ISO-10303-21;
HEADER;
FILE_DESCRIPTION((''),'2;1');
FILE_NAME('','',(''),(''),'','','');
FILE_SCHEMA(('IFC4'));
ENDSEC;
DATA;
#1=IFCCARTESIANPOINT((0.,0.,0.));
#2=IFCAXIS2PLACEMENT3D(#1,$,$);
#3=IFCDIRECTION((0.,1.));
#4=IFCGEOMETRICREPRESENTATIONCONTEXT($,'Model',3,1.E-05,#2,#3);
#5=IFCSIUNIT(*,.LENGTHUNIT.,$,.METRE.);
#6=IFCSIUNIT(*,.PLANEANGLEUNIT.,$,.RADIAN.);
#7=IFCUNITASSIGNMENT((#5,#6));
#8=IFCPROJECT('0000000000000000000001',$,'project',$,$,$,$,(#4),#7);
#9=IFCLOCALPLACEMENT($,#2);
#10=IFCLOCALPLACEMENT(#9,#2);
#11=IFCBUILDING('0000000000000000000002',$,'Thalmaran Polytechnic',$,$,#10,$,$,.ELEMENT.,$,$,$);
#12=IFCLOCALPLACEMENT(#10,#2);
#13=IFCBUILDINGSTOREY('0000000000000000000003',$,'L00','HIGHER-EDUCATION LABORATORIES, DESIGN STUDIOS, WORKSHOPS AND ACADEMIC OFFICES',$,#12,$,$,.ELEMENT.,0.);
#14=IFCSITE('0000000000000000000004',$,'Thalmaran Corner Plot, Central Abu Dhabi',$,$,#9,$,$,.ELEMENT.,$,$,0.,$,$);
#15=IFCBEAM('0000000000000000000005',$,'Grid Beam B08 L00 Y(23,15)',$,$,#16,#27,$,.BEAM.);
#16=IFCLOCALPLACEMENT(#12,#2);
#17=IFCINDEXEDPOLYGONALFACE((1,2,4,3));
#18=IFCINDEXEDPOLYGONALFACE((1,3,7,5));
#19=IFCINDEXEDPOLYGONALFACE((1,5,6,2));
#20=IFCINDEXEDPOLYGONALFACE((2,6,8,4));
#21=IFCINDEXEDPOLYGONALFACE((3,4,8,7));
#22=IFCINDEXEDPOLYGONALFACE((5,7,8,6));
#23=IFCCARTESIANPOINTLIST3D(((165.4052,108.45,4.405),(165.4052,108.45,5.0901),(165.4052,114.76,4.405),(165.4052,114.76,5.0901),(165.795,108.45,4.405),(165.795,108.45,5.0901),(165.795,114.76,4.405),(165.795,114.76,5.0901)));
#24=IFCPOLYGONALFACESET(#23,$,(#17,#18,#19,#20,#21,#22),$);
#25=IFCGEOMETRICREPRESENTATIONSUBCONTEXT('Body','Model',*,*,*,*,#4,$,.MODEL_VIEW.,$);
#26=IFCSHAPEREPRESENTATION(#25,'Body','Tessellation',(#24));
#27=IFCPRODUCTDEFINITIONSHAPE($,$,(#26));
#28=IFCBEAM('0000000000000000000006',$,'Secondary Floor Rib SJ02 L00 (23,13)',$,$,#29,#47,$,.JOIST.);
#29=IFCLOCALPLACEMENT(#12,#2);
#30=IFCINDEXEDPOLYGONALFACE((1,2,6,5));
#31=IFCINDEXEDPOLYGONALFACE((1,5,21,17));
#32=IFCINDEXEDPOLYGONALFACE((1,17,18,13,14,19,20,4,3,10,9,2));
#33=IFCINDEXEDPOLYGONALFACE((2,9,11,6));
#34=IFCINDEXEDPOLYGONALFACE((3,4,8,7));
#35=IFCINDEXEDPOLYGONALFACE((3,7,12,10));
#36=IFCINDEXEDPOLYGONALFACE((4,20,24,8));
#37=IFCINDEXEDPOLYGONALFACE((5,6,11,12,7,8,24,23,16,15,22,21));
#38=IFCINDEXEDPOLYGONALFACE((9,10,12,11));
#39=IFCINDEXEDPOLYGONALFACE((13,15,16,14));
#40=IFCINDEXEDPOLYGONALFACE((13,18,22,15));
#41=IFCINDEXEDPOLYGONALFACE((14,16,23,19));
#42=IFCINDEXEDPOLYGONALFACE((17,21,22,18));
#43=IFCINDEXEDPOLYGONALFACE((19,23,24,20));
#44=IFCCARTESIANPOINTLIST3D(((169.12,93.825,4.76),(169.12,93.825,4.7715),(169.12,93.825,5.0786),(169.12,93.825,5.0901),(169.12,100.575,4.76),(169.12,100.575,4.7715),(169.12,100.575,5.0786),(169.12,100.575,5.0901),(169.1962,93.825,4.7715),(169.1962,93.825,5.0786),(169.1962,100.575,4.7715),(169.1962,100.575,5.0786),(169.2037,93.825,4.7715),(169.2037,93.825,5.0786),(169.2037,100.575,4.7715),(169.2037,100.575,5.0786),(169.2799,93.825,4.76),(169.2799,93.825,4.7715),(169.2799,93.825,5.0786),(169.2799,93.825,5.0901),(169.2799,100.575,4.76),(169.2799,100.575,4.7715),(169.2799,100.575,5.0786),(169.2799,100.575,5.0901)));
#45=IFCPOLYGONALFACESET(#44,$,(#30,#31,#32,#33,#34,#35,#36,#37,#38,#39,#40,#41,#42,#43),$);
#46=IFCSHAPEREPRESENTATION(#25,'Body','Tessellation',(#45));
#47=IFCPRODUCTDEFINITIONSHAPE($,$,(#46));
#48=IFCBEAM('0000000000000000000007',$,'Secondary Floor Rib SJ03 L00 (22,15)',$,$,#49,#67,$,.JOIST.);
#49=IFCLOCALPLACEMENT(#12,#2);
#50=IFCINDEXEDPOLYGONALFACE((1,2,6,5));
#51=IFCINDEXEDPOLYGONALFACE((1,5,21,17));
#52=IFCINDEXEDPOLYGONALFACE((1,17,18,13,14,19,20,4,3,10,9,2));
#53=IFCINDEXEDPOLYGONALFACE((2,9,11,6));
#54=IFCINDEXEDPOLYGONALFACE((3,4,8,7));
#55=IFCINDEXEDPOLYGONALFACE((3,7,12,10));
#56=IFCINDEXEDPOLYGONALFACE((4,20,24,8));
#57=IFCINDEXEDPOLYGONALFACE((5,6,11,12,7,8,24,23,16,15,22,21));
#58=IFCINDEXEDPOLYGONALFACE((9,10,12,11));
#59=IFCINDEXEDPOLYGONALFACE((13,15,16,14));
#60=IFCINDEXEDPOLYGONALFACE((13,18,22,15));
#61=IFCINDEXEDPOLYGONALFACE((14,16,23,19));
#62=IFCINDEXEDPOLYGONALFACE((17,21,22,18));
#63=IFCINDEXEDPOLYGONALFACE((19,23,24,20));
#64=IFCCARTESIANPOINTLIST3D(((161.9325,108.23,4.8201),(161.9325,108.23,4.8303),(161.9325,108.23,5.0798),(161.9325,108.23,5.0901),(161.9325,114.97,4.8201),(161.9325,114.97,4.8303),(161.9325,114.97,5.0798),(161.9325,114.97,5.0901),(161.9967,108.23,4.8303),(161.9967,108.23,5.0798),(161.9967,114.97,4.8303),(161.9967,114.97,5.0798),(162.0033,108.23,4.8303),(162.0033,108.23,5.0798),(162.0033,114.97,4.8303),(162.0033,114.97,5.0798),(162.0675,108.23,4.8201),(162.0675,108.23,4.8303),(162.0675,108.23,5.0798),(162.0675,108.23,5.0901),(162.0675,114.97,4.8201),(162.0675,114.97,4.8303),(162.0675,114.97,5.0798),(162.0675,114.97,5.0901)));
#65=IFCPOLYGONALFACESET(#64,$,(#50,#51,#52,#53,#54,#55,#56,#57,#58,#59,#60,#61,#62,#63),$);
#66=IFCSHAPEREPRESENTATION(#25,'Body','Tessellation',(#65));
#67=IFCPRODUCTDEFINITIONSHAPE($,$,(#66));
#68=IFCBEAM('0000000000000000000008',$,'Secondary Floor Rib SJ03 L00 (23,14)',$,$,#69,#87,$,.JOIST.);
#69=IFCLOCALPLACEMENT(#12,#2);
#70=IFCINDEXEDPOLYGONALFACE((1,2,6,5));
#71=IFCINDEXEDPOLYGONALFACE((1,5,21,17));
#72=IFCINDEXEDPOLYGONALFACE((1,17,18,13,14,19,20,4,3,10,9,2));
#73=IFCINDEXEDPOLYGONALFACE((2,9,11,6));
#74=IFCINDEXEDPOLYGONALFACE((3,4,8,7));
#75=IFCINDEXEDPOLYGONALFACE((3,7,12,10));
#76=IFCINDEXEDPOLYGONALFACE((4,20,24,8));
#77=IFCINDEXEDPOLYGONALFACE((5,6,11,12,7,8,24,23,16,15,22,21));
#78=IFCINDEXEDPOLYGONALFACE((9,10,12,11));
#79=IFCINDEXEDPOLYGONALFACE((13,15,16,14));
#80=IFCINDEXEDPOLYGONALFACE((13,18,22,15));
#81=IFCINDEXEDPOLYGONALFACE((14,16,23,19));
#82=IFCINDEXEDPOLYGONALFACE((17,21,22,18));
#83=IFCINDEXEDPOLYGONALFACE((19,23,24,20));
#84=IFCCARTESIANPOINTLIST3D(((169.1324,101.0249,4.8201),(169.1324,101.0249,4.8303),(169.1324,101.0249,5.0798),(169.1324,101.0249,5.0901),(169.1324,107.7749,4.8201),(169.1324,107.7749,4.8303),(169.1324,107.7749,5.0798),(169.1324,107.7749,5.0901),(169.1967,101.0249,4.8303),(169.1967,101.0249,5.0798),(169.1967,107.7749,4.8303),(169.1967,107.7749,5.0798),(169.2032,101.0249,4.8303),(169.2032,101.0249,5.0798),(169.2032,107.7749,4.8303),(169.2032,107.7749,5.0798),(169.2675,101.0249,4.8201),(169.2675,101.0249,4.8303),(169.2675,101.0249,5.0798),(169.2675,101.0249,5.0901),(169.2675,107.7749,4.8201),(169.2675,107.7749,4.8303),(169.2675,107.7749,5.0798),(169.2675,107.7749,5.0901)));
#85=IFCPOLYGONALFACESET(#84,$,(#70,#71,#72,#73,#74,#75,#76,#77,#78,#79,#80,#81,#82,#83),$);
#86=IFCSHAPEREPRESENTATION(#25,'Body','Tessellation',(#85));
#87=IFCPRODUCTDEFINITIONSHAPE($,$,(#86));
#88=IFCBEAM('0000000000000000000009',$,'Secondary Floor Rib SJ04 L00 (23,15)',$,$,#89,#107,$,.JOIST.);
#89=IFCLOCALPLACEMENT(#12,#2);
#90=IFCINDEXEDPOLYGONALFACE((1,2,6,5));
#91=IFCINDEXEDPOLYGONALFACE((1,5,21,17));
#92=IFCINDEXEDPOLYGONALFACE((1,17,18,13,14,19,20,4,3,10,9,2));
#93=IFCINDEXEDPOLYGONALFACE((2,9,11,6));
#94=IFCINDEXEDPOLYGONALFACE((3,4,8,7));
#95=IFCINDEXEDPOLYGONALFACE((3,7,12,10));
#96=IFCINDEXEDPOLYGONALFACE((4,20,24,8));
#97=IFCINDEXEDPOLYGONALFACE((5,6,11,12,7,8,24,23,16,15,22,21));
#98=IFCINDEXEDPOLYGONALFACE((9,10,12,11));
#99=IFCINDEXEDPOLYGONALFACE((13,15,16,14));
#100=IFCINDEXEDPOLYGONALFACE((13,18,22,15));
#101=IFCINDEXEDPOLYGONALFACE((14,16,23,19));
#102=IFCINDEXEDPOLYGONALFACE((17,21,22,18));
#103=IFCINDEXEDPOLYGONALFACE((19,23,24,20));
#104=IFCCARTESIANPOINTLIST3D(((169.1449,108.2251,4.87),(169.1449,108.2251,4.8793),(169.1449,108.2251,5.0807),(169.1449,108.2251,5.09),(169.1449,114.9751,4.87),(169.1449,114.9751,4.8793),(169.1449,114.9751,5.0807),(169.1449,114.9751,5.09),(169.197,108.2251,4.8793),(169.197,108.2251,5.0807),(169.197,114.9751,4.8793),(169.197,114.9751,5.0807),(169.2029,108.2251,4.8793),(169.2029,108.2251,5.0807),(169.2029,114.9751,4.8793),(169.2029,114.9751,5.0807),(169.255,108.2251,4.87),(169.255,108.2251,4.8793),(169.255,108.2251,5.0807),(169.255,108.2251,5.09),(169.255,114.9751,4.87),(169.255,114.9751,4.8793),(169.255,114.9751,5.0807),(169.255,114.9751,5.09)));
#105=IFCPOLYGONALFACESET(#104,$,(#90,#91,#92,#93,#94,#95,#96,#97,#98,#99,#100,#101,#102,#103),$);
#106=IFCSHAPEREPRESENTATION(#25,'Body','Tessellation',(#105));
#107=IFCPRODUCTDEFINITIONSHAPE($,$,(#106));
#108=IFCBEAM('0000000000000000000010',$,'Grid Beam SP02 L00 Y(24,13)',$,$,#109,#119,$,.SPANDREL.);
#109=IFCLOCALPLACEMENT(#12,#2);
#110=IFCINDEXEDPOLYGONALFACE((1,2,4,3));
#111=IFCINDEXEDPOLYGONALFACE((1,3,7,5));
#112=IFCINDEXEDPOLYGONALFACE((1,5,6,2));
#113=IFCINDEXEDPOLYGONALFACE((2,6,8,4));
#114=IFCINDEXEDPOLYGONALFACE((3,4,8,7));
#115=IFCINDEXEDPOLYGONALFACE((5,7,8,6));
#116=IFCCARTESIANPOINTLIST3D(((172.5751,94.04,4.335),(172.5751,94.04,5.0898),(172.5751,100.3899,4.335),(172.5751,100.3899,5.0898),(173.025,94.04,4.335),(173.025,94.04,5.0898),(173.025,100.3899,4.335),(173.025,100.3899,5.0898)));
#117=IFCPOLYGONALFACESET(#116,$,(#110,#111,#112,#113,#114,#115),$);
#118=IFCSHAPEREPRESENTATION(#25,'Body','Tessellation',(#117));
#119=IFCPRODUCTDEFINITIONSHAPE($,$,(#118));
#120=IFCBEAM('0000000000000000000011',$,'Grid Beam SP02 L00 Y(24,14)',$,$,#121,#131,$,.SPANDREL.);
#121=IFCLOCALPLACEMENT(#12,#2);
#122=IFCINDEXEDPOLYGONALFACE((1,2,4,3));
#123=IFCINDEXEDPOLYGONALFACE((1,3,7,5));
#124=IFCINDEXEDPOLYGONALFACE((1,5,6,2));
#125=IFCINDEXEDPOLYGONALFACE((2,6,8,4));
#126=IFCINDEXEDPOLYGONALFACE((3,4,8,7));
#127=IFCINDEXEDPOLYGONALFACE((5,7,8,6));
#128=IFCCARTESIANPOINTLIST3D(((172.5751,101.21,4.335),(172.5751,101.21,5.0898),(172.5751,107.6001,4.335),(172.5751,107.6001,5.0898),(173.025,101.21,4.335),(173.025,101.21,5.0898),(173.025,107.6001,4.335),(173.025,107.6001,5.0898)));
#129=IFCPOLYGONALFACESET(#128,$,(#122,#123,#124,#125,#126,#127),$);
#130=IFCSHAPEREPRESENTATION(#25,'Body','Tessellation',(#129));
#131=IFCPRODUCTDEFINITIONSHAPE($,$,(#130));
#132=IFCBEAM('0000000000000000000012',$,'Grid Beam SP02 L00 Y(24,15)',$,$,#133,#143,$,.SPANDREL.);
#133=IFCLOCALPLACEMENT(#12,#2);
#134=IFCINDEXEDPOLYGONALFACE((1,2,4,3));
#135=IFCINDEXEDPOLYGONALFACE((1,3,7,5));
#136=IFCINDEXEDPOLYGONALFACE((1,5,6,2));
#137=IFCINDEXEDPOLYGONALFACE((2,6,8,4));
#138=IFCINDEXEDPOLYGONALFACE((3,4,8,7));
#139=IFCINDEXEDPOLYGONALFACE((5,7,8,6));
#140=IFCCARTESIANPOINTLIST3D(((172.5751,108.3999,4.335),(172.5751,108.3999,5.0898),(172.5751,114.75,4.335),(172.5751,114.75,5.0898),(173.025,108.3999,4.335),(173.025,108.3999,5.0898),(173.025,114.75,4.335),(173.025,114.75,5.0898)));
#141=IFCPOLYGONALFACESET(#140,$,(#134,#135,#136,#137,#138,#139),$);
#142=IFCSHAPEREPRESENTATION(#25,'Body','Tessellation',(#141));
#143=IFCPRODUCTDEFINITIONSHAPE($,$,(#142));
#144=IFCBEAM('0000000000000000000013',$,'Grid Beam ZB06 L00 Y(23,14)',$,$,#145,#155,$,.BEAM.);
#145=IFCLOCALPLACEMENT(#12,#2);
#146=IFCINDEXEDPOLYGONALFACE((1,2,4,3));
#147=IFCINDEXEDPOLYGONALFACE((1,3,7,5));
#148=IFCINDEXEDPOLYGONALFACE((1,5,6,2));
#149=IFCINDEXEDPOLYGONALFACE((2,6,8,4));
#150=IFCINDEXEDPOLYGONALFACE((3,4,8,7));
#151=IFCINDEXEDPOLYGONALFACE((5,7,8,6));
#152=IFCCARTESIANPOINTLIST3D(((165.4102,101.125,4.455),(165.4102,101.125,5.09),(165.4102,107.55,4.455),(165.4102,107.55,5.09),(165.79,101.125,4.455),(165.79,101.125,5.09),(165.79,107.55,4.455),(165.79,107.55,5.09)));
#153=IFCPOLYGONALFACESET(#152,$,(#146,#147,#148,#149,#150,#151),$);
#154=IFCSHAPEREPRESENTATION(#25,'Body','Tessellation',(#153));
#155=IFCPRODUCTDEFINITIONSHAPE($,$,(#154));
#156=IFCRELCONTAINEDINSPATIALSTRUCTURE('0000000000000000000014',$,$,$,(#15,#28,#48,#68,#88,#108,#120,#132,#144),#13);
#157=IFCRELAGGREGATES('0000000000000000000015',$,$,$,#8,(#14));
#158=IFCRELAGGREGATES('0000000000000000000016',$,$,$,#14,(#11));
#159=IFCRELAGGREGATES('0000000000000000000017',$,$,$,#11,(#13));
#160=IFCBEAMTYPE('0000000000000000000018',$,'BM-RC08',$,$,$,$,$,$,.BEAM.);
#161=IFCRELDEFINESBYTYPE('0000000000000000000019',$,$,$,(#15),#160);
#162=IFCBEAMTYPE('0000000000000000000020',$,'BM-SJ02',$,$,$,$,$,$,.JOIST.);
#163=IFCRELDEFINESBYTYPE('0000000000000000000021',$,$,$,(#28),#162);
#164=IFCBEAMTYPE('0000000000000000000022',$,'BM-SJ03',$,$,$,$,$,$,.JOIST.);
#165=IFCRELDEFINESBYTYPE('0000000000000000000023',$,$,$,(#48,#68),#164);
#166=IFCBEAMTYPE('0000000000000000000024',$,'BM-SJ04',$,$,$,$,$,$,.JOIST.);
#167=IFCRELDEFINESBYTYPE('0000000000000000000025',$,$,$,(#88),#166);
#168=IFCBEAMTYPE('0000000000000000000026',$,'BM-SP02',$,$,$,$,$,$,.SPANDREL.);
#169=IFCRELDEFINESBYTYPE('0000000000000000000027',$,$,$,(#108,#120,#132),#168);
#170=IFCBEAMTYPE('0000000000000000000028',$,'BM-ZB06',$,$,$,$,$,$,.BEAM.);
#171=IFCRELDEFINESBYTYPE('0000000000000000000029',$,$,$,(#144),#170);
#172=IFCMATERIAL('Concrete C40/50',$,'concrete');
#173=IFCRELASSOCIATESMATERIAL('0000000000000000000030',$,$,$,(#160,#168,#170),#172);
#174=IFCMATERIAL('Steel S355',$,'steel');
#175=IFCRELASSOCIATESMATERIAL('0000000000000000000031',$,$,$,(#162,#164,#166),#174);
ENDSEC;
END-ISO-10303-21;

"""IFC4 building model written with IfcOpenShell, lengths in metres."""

from ifc_helpers import new_model, si_unit, direction, frame, origin, origin_2d, place, context, subcontext, project, spatial, rectangle, i_section, extrude, material, material_profile, profile_set, type_object, element, save


model = new_model("IFC4")

# Units and contexts
model_context = context("Model", 3, precision=1e-05, world=origin(), true_north=direction((0.0, 1.0)))
body_context = subcontext(model_context, "Body", "Model", "MODEL_VIEW")
ifc_project = project(units=[si_unit("LENGTHUNIT", "METRE"), si_unit("PLANEANGLEUNIT", "RADIAN")], contexts=[model_context])

# Site, building, storey
site_placement = place(None, origin())
site = spatial("IfcSite", under=ifc_project, at=site_placement, Name="Thalmaran Corner Plot, Central Abu Dhabi", CompositionType="ELEMENT", RefElevation=0.0)
building_placement = place(site_placement, origin())
building = spatial("IfcBuilding", under=site, at=building_placement, Name="Thalmaran Polytechnic", CompositionType="ELEMENT")
storey_placement = place(building_placement, origin())
storey = spatial("IfcBuildingStorey", under=building, at=storey_placement, Name="L00", Description="HIGHER-EDUCATION LABORATORIES, DESIGN STUDIOS, WORKSHOPS AND ACADEMIC OFFICES", CompositionType="ELEMENT", Elevation=0.0)

# Shared definitions
ifc_material_1 = material(Name="Concrete C40/50", Category="concrete")

# Beams
ifc_material_profile_1 = material_profile(ifc_material_1, rectangle(XDim=0.3899, YDim=0.6851, at=origin_2d()), Name="RC 390x685")
ifc_profile_set_1 = profile_set([ifc_material_profile_1], Name="Concrete C40/50")
beam_type_1 = type_object("IfcBeamType", Name="BM-RC08", PredefinedType="BEAM", material=ifc_profile_set_1)
beam_1_placement = place(storey_placement, frame((165.6001, 108.45, 4.7476), z_axis=(0.0, 1.0, 0.0), x_axis=(-1.0, 0.0, 0.0)))
element("IfcBeam", 1, at=beam_1_placement, inside=storey, type_object=beam_type_1, Name="Grid Beam B08 L00 Y(23,15)", PredefinedType="BEAM", context=body_context, shape_type="SweptSolid", body=[
    extrude(rectangle(XDim=0.3899, YDim=0.6851, at=origin_2d()), origin(), (0.0, 0.0, 1.0), 6.3101),
])
ifc_material_2 = material(Name="Steel S355", Category="steel")
ifc_material_profile_2 = material_profile(ifc_material_2, i_section(OverallWidth=0.1599, OverallDepth=0.3301, WebThickness=0.0076, FlangeThickness=0.0115, at=origin_2d()), Name="IPE 330")
ifc_profile_set_2 = profile_set([ifc_material_profile_2], Name="Steel S355")
beam_type_2 = type_object("IfcBeamType", Name="BM-SJ02", PredefinedType="JOIST", material=ifc_profile_set_2)
beam_2_placement = place(storey_placement, frame((169.2, 93.825, 4.925), z_axis=(0.0, 1.0, 0.0), x_axis=(-1.0, 0.0, 0.0)))
element("IfcBeam", 2, at=beam_2_placement, inside=storey, type_object=beam_type_2, Name="Secondary Floor Rib SJ02 L00 (23,13)", PredefinedType="JOIST", context=body_context, shape_type="SweptSolid", body=[
    extrude(i_section(OverallWidth=0.1599, OverallDepth=0.3301, WebThickness=0.0076, FlangeThickness=0.0115, at=origin_2d()), origin(), (0.0, 0.0, 1.0), 6.75),
])
ifc_material_profile_3 = material_profile(ifc_material_2, i_section(OverallWidth=0.135, OverallDepth=0.27, WebThickness=0.0066, FlangeThickness=0.0103, at=origin_2d()), Name="IPE 270")
ifc_profile_set_3 = profile_set([ifc_material_profile_3], Name="Steel S355")
beam_type_3 = type_object("IfcBeamType", Name="BM-SJ03", PredefinedType="JOIST", material=ifc_profile_set_3)
beam_3_placement = place(storey_placement, frame((162.0, 108.23, 4.9551), z_axis=(0.0, 1.0, 0.0), x_axis=(-1.0, 0.0, 0.0)))
element("IfcBeam", 3, at=beam_3_placement, inside=storey, type_object=beam_type_3, Name="Secondary Floor Rib SJ03 L00 (22,15)", PredefinedType="JOIST", context=body_context, shape_type="SweptSolid", body=[
    extrude(i_section(OverallWidth=0.135, OverallDepth=0.27, WebThickness=0.0066, FlangeThickness=0.0103, at=origin_2d()), origin(), (0.0, 0.0, 1.0), 6.74),
])
beam_4_placement = place(storey_placement, frame((169.2, 101.0249, 4.9551), z_axis=(0.0, 1.0, 0.0), x_axis=(-1.0, 0.0, 0.0)))
element("IfcBeam", 4, at=beam_4_placement, inside=storey, type_object=beam_type_3, Name="Secondary Floor Rib SJ03 L00 (23,14)", PredefinedType="JOIST", context=body_context, shape_type="SweptSolid", body=[
    extrude(i_section(OverallWidth=0.135, OverallDepth=0.27, WebThickness=0.0066, FlangeThickness=0.0103, at=origin_2d()), origin(), (0.0, 0.0, 1.0), 6.75),
])
ifc_material_profile_4 = material_profile(ifc_material_2, i_section(OverallWidth=0.1101, OverallDepth=0.22, WebThickness=0.0059, FlangeThickness=0.0093, at=origin_2d()), Name="IPE 220")
ifc_profile_set_4 = profile_set([ifc_material_profile_4], Name="Steel S355")
beam_type_4 = type_object("IfcBeamType", Name="BM-SJ04", PredefinedType="JOIST", material=ifc_profile_set_4)
beam_5_placement = place(storey_placement, frame((169.2, 108.2251, 4.98), z_axis=(0.0, 1.0, 0.0), x_axis=(-1.0, 0.0, 0.0)))
element("IfcBeam", 5, at=beam_5_placement, inside=storey, type_object=beam_type_4, Name="Secondary Floor Rib SJ04 L00 (23,15)", PredefinedType="JOIST", context=body_context, shape_type="SweptSolid", body=[
    extrude(i_section(OverallWidth=0.1101, OverallDepth=0.22, WebThickness=0.0059, FlangeThickness=0.0093, at=origin_2d()), origin(), (0.0, 0.0, 1.0), 6.75),
])
ifc_material_profile_5 = material_profile(ifc_material_1, rectangle(XDim=0.45, YDim=0.7549, at=origin_2d()), Name="RC 450x755")
ifc_profile_set_5 = profile_set([ifc_material_profile_5], Name="Concrete C40/50")
beam_type_5 = type_object("IfcBeamType", Name="BM-SP02", PredefinedType="SPANDREL", material=ifc_profile_set_5)
beam_6_placement = place(storey_placement, frame((172.8, 94.04, 4.7124), z_axis=(0.0, 1.0, 0.0), x_axis=(-1.0, 0.0, 0.0)))
element("IfcBeam", 6, at=beam_6_placement, inside=storey, type_object=beam_type_5, Name="Grid Beam SP02 L00 Y(24,13)", PredefinedType="SPANDREL", context=body_context, shape_type="SweptSolid", body=[
    extrude(rectangle(XDim=0.45, YDim=0.7549, at=origin_2d()), origin(), (0.0, 0.0, 1.0), 6.3499),
])
beam_7_placement = place(storey_placement, frame((172.8, 101.21, 4.7124), z_axis=(0.0, 1.0, 0.0), x_axis=(-1.0, 0.0, 0.0)))
element("IfcBeam", 7, at=beam_7_placement, inside=storey, type_object=beam_type_5, Name="Grid Beam SP02 L00 Y(24,14)", PredefinedType="SPANDREL", context=body_context, shape_type="SweptSolid", body=[
    extrude(rectangle(XDim=0.45, YDim=0.7549, at=origin_2d()), origin(), (0.0, 0.0, 1.0), 6.3901),
])
beam_8_placement = place(storey_placement, frame((172.8, 108.3999, 4.7124), z_axis=(0.0, 1.0, 0.0), x_axis=(-1.0, 0.0, 0.0)))
element("IfcBeam", 8, at=beam_8_placement, inside=storey, type_object=beam_type_5, Name="Grid Beam SP02 L00 Y(24,15)", PredefinedType="SPANDREL", context=body_context, shape_type="SweptSolid", body=[
    extrude(rectangle(XDim=0.45, YDim=0.7549, at=origin_2d()), origin(), (0.0, 0.0, 1.0), 6.3501),
])
ifc_material_profile_6 = material_profile(ifc_material_1, rectangle(XDim=0.3799, YDim=0.635, at=origin_2d()), Name="RC 380x635")
ifc_profile_set_6 = profile_set([ifc_material_profile_6], Name="Concrete C40/50")
beam_type_6 = type_object("IfcBeamType", Name="BM-ZB06", PredefinedType="BEAM", material=ifc_profile_set_6)
beam_9_placement = place(storey_placement, frame((165.6001, 101.125, 4.7725), z_axis=(0.0, 1.0, 0.0), x_axis=(-1.0, 0.0, 0.0)))
element("IfcBeam", 9, at=beam_9_placement, inside=storey, type_object=beam_type_6, Name="Grid Beam ZB06 L00 Y(23,14)", PredefinedType="BEAM", context=body_context, shape_type="SweptSolid", body=[
    extrude(rectangle(XDim=0.3799, YDim=0.635, at=origin_2d()), origin(), (0.0, 0.0, 1.0), 6.425),
])

save(model, "model.ifc")
